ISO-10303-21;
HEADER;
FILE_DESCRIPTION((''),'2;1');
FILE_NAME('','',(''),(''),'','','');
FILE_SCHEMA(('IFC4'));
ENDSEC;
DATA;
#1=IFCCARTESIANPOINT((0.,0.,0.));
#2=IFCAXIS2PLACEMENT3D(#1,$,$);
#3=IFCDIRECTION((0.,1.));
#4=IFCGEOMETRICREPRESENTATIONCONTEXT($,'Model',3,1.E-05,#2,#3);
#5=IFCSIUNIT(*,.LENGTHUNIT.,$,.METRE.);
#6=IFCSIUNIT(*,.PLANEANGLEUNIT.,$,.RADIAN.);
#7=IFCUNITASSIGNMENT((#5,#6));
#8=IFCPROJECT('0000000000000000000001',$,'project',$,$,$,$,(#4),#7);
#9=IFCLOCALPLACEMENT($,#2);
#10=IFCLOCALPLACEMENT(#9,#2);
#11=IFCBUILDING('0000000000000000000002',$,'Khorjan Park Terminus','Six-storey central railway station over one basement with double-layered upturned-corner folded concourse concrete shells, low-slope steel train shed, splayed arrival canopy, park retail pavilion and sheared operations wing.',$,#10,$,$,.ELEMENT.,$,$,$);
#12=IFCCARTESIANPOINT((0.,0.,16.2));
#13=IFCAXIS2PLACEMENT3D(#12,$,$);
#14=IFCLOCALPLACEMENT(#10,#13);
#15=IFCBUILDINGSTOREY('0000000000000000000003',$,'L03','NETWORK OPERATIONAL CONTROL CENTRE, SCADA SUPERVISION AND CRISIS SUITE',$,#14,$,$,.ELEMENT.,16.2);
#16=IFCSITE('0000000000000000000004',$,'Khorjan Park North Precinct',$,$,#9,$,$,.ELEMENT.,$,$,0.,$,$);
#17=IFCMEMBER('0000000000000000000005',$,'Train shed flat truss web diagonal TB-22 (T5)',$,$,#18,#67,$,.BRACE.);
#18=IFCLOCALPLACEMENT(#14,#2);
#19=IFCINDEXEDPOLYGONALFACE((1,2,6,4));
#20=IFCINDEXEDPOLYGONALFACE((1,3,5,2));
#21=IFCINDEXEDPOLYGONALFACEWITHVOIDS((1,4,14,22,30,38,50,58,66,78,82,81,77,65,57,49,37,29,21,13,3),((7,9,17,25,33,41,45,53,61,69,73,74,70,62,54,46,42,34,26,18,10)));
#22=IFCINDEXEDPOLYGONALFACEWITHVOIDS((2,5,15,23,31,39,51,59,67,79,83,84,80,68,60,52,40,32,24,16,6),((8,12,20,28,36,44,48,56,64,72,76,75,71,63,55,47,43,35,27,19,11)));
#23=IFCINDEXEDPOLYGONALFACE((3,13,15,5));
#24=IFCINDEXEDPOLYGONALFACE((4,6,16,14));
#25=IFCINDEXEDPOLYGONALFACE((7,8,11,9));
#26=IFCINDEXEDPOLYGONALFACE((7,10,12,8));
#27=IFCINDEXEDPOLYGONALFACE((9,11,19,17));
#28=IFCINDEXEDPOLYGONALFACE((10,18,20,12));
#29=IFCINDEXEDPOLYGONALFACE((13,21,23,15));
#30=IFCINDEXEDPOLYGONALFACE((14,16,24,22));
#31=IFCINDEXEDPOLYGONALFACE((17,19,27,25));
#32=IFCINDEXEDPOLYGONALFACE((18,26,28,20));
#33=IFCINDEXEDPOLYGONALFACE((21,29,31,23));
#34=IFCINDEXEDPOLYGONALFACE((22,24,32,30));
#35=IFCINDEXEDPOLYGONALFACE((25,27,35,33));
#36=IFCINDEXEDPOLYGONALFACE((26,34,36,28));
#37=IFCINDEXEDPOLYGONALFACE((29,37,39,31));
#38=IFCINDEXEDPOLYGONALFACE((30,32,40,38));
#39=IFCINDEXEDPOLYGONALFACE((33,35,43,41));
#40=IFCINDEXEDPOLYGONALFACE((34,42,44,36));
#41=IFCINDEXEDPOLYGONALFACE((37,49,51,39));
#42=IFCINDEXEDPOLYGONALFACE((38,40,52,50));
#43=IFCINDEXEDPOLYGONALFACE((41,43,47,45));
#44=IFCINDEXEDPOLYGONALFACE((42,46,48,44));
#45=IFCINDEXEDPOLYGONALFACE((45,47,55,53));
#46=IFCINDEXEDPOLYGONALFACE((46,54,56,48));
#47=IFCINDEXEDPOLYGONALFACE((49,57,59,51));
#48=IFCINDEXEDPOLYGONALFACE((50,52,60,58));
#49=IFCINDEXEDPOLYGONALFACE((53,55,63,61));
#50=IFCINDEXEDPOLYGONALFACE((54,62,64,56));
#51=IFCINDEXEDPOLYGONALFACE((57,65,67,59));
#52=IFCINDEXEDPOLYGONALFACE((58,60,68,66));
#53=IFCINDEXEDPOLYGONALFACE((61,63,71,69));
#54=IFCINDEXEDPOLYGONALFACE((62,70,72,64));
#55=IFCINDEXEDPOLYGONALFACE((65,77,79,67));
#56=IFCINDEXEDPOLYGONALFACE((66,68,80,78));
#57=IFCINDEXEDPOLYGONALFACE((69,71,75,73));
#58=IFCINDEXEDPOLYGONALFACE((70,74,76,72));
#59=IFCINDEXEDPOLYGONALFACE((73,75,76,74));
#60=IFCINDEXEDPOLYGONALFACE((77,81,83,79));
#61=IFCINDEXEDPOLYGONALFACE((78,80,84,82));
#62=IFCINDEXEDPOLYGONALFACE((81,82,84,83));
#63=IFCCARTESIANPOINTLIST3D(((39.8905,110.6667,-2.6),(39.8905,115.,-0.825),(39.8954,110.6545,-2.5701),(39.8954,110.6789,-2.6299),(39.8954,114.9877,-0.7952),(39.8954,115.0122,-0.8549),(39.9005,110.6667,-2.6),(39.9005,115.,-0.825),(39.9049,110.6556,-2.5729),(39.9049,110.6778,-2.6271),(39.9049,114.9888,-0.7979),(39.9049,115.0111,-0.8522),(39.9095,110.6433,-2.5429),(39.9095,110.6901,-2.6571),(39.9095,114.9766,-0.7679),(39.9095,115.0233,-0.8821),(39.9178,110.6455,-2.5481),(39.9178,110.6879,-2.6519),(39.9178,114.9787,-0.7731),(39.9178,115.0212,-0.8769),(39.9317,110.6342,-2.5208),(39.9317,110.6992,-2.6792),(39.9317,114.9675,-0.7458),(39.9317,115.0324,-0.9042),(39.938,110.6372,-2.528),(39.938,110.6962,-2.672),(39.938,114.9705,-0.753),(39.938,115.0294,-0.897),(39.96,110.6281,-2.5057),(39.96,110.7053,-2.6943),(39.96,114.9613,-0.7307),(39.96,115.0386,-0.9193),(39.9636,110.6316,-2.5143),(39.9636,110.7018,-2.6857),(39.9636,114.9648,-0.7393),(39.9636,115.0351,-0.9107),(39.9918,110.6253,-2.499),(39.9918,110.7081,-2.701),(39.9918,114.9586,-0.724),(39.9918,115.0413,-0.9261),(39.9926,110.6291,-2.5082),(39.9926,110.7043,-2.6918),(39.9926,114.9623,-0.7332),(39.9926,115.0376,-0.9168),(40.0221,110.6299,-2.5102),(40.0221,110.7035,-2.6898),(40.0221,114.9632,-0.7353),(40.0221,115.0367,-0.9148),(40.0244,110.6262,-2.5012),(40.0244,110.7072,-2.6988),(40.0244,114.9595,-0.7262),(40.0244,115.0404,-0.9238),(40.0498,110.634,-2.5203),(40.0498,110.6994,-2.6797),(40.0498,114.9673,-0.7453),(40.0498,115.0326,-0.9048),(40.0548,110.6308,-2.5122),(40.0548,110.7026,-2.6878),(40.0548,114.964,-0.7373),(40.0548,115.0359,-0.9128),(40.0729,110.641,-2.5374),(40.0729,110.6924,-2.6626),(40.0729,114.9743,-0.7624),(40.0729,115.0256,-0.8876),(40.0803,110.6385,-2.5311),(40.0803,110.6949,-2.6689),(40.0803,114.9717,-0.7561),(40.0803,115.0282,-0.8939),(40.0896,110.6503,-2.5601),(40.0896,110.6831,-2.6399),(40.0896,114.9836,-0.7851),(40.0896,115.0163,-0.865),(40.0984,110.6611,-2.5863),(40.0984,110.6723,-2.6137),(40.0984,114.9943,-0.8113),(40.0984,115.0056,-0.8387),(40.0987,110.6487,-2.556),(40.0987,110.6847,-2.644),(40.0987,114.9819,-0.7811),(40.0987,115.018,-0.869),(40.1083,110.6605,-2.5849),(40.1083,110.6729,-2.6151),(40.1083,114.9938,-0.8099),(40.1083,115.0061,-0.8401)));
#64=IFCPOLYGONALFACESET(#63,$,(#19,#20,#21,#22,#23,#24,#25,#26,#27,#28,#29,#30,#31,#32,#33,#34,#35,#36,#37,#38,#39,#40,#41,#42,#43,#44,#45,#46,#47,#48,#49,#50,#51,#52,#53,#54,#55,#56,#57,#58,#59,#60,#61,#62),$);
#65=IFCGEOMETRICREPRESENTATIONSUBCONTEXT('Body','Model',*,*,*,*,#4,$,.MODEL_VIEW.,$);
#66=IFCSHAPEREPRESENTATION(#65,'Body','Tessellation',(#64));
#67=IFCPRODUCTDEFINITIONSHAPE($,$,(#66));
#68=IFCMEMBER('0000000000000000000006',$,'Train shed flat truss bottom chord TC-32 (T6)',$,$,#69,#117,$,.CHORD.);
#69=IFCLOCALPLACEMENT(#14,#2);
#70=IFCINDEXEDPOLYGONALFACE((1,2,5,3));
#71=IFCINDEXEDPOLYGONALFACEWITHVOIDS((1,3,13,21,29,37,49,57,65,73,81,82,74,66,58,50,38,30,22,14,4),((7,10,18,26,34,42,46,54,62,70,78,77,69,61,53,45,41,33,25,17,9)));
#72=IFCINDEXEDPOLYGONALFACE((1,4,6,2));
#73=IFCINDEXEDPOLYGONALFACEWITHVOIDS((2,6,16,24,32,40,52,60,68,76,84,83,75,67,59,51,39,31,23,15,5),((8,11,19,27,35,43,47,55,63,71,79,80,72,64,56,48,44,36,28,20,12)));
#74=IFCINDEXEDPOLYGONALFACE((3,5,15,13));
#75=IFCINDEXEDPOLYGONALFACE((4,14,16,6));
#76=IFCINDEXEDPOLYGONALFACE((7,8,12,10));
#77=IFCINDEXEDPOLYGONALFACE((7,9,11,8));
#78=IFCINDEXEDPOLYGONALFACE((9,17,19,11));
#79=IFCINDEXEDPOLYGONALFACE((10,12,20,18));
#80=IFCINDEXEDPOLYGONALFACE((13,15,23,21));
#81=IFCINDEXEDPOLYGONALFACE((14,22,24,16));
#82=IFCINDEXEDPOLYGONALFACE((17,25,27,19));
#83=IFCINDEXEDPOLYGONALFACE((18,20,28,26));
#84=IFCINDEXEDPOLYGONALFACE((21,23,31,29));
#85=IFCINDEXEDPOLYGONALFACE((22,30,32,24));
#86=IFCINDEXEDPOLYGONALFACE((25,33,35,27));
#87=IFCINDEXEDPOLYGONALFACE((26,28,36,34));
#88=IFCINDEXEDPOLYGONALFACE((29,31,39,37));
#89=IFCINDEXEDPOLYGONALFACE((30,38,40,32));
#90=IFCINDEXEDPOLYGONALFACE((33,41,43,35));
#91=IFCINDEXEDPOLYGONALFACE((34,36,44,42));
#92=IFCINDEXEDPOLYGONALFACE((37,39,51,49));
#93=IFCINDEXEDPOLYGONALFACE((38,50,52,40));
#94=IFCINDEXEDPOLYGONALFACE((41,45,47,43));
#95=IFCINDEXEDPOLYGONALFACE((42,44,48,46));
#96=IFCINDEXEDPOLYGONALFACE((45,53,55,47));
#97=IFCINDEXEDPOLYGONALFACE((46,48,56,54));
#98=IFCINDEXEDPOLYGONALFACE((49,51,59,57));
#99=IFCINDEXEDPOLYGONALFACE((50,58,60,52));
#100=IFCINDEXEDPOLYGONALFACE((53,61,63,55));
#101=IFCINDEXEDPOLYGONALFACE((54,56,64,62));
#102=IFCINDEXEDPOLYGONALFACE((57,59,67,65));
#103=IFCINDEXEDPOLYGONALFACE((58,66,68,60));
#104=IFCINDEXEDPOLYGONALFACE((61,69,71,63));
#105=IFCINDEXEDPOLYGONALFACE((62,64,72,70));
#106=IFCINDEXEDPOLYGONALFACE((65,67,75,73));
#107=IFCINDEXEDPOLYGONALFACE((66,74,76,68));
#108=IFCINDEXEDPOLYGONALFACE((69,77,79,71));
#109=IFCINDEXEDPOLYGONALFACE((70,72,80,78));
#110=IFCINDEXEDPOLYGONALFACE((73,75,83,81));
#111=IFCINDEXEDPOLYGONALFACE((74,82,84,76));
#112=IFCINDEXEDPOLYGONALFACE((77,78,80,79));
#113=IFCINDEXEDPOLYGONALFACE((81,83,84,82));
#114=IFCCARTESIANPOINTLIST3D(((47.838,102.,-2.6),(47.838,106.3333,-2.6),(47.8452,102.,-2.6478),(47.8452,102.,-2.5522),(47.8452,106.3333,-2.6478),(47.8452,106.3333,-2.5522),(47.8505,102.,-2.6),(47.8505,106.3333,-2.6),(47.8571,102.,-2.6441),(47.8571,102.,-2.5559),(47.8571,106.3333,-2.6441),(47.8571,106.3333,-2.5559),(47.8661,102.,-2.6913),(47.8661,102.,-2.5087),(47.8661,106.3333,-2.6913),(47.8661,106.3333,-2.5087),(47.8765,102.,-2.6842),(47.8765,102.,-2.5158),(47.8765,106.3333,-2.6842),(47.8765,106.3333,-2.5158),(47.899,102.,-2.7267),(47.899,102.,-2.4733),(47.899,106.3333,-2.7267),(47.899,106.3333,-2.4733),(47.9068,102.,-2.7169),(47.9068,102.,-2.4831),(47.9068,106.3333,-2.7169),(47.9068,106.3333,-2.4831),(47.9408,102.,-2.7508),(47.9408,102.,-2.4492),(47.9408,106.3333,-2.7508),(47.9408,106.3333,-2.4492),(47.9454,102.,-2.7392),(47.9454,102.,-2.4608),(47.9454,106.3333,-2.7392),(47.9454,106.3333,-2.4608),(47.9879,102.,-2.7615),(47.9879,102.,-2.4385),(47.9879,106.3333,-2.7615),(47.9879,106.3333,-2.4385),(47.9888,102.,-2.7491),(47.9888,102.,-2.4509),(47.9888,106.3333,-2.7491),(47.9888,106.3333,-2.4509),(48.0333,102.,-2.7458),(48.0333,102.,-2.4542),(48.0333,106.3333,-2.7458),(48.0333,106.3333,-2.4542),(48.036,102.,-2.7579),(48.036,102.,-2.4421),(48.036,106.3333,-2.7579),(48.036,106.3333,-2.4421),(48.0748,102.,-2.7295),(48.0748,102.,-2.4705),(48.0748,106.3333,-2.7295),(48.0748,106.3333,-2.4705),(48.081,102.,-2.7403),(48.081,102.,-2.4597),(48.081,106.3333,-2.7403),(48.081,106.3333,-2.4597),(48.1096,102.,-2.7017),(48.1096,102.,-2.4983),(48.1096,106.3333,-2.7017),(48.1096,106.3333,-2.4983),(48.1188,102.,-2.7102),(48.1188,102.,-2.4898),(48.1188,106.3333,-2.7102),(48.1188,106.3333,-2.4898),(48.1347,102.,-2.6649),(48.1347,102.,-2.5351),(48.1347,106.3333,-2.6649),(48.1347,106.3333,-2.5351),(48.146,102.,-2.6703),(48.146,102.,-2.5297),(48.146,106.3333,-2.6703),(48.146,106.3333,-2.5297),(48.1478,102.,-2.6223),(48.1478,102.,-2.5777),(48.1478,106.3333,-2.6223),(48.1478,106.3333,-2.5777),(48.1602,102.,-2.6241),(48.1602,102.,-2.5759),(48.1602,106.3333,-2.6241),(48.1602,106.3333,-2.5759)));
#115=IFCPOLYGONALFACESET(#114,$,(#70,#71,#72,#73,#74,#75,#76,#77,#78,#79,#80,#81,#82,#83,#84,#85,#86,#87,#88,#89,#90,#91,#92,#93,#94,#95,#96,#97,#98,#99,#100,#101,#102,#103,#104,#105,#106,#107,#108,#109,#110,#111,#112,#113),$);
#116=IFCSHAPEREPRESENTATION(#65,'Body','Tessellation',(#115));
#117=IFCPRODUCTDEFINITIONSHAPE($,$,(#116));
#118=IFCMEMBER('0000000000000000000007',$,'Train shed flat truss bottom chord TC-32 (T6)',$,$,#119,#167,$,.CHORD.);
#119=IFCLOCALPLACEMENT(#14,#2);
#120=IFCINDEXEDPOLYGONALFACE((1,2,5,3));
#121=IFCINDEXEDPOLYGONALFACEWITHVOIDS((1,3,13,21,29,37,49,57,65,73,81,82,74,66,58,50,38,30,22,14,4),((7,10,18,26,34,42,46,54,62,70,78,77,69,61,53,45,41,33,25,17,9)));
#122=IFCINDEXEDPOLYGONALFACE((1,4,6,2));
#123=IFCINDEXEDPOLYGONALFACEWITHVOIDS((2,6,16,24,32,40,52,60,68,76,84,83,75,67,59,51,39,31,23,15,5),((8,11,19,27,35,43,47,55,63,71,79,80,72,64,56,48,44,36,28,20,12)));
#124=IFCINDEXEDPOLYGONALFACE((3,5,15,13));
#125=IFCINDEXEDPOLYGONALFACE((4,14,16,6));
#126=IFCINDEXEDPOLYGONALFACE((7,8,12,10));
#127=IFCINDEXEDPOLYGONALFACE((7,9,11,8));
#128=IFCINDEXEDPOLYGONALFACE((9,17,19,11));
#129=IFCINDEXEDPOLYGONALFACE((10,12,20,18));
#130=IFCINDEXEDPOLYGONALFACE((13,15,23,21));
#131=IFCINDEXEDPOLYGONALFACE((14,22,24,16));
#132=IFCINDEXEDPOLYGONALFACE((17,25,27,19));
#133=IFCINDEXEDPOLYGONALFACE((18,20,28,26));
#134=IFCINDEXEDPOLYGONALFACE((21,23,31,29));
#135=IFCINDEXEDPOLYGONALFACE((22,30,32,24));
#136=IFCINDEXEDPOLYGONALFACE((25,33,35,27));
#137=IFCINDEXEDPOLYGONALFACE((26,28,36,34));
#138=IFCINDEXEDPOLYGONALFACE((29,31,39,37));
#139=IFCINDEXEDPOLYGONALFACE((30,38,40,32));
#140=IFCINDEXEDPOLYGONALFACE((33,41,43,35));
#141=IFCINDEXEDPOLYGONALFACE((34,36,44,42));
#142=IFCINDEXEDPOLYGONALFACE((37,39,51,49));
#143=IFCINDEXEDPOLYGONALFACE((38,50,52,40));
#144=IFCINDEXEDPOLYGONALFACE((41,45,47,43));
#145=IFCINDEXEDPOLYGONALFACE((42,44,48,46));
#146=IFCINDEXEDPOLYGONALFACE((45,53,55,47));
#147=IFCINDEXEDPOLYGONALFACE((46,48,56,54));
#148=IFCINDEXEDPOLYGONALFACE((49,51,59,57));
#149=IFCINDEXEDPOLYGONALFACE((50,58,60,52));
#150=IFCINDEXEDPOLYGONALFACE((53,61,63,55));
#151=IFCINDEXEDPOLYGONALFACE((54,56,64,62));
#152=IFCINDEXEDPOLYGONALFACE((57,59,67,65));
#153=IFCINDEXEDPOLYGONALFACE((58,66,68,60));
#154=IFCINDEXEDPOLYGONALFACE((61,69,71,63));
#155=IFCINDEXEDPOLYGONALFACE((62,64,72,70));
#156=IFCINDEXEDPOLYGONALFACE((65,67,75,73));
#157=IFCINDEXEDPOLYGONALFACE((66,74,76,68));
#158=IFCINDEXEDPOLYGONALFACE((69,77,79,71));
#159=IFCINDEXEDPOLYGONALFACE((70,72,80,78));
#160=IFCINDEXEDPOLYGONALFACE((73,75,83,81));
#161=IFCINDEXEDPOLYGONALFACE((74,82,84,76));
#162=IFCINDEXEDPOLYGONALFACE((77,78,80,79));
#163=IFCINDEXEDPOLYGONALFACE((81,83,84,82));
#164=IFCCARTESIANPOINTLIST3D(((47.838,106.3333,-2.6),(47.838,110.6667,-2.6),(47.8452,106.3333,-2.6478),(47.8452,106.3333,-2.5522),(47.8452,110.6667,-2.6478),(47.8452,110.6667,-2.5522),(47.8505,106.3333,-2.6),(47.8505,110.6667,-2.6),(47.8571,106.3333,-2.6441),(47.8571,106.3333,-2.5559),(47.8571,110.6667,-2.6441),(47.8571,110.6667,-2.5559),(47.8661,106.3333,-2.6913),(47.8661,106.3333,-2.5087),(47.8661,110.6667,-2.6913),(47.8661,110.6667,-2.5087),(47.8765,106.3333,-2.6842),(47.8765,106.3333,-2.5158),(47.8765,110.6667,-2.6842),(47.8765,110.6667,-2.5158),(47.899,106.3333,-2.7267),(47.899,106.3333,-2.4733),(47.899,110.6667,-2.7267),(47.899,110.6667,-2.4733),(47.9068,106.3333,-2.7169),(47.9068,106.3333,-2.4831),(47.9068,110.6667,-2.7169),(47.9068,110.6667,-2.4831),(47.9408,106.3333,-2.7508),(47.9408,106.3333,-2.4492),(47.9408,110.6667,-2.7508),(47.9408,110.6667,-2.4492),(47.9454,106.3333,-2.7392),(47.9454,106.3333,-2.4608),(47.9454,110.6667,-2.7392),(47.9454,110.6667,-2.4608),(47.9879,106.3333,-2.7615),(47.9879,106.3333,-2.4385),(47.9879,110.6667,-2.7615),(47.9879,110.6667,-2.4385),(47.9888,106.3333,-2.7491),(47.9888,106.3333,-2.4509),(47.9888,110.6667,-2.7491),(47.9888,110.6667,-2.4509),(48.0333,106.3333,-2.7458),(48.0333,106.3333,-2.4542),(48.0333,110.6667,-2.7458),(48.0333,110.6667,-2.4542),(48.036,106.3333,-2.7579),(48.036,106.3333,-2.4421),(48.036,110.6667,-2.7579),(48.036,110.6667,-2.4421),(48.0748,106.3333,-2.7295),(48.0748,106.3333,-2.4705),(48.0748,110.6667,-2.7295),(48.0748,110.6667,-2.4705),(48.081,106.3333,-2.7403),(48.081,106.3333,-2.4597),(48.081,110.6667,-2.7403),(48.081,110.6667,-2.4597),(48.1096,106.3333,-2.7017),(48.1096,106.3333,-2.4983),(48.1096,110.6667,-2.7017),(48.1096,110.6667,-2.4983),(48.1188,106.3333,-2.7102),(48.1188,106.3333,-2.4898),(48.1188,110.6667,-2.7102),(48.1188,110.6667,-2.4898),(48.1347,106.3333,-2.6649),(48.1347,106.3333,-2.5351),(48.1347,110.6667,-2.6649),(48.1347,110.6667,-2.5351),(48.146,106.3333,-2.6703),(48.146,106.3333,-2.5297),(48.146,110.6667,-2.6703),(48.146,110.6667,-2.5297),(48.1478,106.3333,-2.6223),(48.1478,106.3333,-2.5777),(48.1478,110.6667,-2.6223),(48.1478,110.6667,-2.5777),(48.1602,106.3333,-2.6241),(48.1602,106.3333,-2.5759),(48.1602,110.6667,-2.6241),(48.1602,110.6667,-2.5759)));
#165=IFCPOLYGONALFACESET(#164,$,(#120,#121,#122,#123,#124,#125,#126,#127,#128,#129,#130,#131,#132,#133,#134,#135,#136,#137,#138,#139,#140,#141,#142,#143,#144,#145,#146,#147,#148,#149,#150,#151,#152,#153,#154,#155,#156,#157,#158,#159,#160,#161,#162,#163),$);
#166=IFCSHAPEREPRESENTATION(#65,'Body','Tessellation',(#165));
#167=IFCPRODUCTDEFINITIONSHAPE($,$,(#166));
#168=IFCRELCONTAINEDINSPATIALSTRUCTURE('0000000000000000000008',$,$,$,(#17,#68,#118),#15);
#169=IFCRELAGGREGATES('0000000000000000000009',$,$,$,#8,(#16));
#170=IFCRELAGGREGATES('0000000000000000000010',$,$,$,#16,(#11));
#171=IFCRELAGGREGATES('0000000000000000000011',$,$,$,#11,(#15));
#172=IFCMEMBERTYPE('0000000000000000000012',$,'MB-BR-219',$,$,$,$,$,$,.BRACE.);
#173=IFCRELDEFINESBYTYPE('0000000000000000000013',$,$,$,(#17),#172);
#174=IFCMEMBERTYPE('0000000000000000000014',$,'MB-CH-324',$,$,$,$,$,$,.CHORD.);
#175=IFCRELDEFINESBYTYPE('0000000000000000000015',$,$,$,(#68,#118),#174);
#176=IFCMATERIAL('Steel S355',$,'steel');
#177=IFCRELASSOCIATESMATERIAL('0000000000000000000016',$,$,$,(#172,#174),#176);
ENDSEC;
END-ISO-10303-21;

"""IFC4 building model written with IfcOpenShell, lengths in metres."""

from ifc_helpers import new_model, si_unit, direction, frame, origin, origin_2d, place, context, subcontext, project, spatial, hollow_circle, extrude, material, material_profile, profile_set, type_object, element, save


model = new_model("IFC4")

# Units and contexts
model_context = context("Model", 3, precision=1e-05, world=origin(), true_north=direction((0.0, 1.0)))
body_context = subcontext(model_context, "Body", "Model", "MODEL_VIEW")
ifc_project = project(units=[si_unit("LENGTHUNIT", "METRE"), si_unit("PLANEANGLEUNIT", "RADIAN")], contexts=[model_context])

# Site, building, storey
site_placement = place(None, origin())
site = spatial("IfcSite", under=ifc_project, at=site_placement, Name="Khorjan Park North Precinct", CompositionType="ELEMENT", RefElevation=0.0)
building_placement = place(site_placement, origin())
building = spatial("IfcBuilding", under=site, at=building_placement, Name="Khorjan Park Terminus", Description="Six-storey central railway station over one basement with double-layered upturned-corner folded concourse concrete shells, low-slope steel train shed, splayed arrival canopy, park retail pavilion and sheared operations wing.", CompositionType="ELEMENT")
storey_placement = place(building_placement, frame((0.0, 0.0, 16.2)))
storey = spatial("IfcBuildingStorey", under=building, at=storey_placement, Name="L03", Description="NETWORK OPERATIONAL CONTROL CENTRE, SCADA SUPERVISION AND CRISIS SUITE", CompositionType="ELEMENT", Elevation=16.2)

# Members
ifc_material_1 = material(Name="Steel S355", Category="steel")
ifc_material_profile_1 = material_profile(ifc_material_1, hollow_circle(Radius=0.1095, WallThickness=0.01, at=origin_2d()), Name="CHS 219.1x10")
ifc_profile_set_1 = profile_set([ifc_material_profile_1], Name="Steel S355")
member_type_1 = type_object("IfcMemberType", Name="MB-BR-219", PredefinedType="BRACE", material=ifc_profile_set_1)
member_1_placement = place(storey_placement, frame((40.0, 110.6667, -2.6), z_axis=(0.0, 0.925376, 0.379051), x_axis=(-1.0, 0.0, 0.0)))
element("IfcMember", 1, at=member_1_placement, inside=storey, type_object=member_type_1, Name="Train shed flat truss web diagonal TB-22 (T5)", PredefinedType="BRACE", context=body_context, shape_type="SweptSolid", body=[
    extrude(hollow_circle(Radius=0.1095, WallThickness=0.01, at=origin_2d()), origin(), (0.0, 0.0, 1.0), 4.6827),
])
ifc_material_profile_2 = material_profile(ifc_material_1, hollow_circle(Radius=0.162, WallThickness=0.0125, at=origin_2d()), Name="CHS 323.9x12.5")
ifc_profile_set_2 = profile_set([ifc_material_profile_2], Name="Steel S355")
member_type_2 = type_object("IfcMemberType", Name="MB-CH-324", PredefinedType="CHORD", material=ifc_profile_set_2)
member_2_placement = place(storey_placement, frame((48.0, 102.0, -2.6), z_axis=(0.0, 1.0, 0.0), x_axis=(-1.0, 0.0, 0.0)))
element("IfcMember", 2, at=member_2_placement, inside=storey, type_object=member_type_2, Name="Train shed flat truss bottom chord TC-32 (T6)", PredefinedType="CHORD", context=body_context, shape_type="SweptSolid", body=[
    extrude(hollow_circle(Radius=0.162, WallThickness=0.0125, at=origin_2d()), origin(), (0.0, 0.0, 1.0), 4.3333),
])
member_3_placement = place(storey_placement, frame((48.0, 106.3333, -2.6), z_axis=(0.0, 1.0, 0.0), x_axis=(-1.0, 0.0, 0.0)))
element("IfcMember", 3, at=member_3_placement, inside=storey, type_object=member_type_2, Name="Train shed flat truss bottom chord TC-32 (T6)", PredefinedType="CHORD", context=body_context, shape_type="SweptSolid", body=[
    extrude(hollow_circle(Radius=0.162, WallThickness=0.0125, at=origin_2d()), origin(), (0.0, 0.0, 1.0), 4.3334),
])

save(model, "model.ifc")
